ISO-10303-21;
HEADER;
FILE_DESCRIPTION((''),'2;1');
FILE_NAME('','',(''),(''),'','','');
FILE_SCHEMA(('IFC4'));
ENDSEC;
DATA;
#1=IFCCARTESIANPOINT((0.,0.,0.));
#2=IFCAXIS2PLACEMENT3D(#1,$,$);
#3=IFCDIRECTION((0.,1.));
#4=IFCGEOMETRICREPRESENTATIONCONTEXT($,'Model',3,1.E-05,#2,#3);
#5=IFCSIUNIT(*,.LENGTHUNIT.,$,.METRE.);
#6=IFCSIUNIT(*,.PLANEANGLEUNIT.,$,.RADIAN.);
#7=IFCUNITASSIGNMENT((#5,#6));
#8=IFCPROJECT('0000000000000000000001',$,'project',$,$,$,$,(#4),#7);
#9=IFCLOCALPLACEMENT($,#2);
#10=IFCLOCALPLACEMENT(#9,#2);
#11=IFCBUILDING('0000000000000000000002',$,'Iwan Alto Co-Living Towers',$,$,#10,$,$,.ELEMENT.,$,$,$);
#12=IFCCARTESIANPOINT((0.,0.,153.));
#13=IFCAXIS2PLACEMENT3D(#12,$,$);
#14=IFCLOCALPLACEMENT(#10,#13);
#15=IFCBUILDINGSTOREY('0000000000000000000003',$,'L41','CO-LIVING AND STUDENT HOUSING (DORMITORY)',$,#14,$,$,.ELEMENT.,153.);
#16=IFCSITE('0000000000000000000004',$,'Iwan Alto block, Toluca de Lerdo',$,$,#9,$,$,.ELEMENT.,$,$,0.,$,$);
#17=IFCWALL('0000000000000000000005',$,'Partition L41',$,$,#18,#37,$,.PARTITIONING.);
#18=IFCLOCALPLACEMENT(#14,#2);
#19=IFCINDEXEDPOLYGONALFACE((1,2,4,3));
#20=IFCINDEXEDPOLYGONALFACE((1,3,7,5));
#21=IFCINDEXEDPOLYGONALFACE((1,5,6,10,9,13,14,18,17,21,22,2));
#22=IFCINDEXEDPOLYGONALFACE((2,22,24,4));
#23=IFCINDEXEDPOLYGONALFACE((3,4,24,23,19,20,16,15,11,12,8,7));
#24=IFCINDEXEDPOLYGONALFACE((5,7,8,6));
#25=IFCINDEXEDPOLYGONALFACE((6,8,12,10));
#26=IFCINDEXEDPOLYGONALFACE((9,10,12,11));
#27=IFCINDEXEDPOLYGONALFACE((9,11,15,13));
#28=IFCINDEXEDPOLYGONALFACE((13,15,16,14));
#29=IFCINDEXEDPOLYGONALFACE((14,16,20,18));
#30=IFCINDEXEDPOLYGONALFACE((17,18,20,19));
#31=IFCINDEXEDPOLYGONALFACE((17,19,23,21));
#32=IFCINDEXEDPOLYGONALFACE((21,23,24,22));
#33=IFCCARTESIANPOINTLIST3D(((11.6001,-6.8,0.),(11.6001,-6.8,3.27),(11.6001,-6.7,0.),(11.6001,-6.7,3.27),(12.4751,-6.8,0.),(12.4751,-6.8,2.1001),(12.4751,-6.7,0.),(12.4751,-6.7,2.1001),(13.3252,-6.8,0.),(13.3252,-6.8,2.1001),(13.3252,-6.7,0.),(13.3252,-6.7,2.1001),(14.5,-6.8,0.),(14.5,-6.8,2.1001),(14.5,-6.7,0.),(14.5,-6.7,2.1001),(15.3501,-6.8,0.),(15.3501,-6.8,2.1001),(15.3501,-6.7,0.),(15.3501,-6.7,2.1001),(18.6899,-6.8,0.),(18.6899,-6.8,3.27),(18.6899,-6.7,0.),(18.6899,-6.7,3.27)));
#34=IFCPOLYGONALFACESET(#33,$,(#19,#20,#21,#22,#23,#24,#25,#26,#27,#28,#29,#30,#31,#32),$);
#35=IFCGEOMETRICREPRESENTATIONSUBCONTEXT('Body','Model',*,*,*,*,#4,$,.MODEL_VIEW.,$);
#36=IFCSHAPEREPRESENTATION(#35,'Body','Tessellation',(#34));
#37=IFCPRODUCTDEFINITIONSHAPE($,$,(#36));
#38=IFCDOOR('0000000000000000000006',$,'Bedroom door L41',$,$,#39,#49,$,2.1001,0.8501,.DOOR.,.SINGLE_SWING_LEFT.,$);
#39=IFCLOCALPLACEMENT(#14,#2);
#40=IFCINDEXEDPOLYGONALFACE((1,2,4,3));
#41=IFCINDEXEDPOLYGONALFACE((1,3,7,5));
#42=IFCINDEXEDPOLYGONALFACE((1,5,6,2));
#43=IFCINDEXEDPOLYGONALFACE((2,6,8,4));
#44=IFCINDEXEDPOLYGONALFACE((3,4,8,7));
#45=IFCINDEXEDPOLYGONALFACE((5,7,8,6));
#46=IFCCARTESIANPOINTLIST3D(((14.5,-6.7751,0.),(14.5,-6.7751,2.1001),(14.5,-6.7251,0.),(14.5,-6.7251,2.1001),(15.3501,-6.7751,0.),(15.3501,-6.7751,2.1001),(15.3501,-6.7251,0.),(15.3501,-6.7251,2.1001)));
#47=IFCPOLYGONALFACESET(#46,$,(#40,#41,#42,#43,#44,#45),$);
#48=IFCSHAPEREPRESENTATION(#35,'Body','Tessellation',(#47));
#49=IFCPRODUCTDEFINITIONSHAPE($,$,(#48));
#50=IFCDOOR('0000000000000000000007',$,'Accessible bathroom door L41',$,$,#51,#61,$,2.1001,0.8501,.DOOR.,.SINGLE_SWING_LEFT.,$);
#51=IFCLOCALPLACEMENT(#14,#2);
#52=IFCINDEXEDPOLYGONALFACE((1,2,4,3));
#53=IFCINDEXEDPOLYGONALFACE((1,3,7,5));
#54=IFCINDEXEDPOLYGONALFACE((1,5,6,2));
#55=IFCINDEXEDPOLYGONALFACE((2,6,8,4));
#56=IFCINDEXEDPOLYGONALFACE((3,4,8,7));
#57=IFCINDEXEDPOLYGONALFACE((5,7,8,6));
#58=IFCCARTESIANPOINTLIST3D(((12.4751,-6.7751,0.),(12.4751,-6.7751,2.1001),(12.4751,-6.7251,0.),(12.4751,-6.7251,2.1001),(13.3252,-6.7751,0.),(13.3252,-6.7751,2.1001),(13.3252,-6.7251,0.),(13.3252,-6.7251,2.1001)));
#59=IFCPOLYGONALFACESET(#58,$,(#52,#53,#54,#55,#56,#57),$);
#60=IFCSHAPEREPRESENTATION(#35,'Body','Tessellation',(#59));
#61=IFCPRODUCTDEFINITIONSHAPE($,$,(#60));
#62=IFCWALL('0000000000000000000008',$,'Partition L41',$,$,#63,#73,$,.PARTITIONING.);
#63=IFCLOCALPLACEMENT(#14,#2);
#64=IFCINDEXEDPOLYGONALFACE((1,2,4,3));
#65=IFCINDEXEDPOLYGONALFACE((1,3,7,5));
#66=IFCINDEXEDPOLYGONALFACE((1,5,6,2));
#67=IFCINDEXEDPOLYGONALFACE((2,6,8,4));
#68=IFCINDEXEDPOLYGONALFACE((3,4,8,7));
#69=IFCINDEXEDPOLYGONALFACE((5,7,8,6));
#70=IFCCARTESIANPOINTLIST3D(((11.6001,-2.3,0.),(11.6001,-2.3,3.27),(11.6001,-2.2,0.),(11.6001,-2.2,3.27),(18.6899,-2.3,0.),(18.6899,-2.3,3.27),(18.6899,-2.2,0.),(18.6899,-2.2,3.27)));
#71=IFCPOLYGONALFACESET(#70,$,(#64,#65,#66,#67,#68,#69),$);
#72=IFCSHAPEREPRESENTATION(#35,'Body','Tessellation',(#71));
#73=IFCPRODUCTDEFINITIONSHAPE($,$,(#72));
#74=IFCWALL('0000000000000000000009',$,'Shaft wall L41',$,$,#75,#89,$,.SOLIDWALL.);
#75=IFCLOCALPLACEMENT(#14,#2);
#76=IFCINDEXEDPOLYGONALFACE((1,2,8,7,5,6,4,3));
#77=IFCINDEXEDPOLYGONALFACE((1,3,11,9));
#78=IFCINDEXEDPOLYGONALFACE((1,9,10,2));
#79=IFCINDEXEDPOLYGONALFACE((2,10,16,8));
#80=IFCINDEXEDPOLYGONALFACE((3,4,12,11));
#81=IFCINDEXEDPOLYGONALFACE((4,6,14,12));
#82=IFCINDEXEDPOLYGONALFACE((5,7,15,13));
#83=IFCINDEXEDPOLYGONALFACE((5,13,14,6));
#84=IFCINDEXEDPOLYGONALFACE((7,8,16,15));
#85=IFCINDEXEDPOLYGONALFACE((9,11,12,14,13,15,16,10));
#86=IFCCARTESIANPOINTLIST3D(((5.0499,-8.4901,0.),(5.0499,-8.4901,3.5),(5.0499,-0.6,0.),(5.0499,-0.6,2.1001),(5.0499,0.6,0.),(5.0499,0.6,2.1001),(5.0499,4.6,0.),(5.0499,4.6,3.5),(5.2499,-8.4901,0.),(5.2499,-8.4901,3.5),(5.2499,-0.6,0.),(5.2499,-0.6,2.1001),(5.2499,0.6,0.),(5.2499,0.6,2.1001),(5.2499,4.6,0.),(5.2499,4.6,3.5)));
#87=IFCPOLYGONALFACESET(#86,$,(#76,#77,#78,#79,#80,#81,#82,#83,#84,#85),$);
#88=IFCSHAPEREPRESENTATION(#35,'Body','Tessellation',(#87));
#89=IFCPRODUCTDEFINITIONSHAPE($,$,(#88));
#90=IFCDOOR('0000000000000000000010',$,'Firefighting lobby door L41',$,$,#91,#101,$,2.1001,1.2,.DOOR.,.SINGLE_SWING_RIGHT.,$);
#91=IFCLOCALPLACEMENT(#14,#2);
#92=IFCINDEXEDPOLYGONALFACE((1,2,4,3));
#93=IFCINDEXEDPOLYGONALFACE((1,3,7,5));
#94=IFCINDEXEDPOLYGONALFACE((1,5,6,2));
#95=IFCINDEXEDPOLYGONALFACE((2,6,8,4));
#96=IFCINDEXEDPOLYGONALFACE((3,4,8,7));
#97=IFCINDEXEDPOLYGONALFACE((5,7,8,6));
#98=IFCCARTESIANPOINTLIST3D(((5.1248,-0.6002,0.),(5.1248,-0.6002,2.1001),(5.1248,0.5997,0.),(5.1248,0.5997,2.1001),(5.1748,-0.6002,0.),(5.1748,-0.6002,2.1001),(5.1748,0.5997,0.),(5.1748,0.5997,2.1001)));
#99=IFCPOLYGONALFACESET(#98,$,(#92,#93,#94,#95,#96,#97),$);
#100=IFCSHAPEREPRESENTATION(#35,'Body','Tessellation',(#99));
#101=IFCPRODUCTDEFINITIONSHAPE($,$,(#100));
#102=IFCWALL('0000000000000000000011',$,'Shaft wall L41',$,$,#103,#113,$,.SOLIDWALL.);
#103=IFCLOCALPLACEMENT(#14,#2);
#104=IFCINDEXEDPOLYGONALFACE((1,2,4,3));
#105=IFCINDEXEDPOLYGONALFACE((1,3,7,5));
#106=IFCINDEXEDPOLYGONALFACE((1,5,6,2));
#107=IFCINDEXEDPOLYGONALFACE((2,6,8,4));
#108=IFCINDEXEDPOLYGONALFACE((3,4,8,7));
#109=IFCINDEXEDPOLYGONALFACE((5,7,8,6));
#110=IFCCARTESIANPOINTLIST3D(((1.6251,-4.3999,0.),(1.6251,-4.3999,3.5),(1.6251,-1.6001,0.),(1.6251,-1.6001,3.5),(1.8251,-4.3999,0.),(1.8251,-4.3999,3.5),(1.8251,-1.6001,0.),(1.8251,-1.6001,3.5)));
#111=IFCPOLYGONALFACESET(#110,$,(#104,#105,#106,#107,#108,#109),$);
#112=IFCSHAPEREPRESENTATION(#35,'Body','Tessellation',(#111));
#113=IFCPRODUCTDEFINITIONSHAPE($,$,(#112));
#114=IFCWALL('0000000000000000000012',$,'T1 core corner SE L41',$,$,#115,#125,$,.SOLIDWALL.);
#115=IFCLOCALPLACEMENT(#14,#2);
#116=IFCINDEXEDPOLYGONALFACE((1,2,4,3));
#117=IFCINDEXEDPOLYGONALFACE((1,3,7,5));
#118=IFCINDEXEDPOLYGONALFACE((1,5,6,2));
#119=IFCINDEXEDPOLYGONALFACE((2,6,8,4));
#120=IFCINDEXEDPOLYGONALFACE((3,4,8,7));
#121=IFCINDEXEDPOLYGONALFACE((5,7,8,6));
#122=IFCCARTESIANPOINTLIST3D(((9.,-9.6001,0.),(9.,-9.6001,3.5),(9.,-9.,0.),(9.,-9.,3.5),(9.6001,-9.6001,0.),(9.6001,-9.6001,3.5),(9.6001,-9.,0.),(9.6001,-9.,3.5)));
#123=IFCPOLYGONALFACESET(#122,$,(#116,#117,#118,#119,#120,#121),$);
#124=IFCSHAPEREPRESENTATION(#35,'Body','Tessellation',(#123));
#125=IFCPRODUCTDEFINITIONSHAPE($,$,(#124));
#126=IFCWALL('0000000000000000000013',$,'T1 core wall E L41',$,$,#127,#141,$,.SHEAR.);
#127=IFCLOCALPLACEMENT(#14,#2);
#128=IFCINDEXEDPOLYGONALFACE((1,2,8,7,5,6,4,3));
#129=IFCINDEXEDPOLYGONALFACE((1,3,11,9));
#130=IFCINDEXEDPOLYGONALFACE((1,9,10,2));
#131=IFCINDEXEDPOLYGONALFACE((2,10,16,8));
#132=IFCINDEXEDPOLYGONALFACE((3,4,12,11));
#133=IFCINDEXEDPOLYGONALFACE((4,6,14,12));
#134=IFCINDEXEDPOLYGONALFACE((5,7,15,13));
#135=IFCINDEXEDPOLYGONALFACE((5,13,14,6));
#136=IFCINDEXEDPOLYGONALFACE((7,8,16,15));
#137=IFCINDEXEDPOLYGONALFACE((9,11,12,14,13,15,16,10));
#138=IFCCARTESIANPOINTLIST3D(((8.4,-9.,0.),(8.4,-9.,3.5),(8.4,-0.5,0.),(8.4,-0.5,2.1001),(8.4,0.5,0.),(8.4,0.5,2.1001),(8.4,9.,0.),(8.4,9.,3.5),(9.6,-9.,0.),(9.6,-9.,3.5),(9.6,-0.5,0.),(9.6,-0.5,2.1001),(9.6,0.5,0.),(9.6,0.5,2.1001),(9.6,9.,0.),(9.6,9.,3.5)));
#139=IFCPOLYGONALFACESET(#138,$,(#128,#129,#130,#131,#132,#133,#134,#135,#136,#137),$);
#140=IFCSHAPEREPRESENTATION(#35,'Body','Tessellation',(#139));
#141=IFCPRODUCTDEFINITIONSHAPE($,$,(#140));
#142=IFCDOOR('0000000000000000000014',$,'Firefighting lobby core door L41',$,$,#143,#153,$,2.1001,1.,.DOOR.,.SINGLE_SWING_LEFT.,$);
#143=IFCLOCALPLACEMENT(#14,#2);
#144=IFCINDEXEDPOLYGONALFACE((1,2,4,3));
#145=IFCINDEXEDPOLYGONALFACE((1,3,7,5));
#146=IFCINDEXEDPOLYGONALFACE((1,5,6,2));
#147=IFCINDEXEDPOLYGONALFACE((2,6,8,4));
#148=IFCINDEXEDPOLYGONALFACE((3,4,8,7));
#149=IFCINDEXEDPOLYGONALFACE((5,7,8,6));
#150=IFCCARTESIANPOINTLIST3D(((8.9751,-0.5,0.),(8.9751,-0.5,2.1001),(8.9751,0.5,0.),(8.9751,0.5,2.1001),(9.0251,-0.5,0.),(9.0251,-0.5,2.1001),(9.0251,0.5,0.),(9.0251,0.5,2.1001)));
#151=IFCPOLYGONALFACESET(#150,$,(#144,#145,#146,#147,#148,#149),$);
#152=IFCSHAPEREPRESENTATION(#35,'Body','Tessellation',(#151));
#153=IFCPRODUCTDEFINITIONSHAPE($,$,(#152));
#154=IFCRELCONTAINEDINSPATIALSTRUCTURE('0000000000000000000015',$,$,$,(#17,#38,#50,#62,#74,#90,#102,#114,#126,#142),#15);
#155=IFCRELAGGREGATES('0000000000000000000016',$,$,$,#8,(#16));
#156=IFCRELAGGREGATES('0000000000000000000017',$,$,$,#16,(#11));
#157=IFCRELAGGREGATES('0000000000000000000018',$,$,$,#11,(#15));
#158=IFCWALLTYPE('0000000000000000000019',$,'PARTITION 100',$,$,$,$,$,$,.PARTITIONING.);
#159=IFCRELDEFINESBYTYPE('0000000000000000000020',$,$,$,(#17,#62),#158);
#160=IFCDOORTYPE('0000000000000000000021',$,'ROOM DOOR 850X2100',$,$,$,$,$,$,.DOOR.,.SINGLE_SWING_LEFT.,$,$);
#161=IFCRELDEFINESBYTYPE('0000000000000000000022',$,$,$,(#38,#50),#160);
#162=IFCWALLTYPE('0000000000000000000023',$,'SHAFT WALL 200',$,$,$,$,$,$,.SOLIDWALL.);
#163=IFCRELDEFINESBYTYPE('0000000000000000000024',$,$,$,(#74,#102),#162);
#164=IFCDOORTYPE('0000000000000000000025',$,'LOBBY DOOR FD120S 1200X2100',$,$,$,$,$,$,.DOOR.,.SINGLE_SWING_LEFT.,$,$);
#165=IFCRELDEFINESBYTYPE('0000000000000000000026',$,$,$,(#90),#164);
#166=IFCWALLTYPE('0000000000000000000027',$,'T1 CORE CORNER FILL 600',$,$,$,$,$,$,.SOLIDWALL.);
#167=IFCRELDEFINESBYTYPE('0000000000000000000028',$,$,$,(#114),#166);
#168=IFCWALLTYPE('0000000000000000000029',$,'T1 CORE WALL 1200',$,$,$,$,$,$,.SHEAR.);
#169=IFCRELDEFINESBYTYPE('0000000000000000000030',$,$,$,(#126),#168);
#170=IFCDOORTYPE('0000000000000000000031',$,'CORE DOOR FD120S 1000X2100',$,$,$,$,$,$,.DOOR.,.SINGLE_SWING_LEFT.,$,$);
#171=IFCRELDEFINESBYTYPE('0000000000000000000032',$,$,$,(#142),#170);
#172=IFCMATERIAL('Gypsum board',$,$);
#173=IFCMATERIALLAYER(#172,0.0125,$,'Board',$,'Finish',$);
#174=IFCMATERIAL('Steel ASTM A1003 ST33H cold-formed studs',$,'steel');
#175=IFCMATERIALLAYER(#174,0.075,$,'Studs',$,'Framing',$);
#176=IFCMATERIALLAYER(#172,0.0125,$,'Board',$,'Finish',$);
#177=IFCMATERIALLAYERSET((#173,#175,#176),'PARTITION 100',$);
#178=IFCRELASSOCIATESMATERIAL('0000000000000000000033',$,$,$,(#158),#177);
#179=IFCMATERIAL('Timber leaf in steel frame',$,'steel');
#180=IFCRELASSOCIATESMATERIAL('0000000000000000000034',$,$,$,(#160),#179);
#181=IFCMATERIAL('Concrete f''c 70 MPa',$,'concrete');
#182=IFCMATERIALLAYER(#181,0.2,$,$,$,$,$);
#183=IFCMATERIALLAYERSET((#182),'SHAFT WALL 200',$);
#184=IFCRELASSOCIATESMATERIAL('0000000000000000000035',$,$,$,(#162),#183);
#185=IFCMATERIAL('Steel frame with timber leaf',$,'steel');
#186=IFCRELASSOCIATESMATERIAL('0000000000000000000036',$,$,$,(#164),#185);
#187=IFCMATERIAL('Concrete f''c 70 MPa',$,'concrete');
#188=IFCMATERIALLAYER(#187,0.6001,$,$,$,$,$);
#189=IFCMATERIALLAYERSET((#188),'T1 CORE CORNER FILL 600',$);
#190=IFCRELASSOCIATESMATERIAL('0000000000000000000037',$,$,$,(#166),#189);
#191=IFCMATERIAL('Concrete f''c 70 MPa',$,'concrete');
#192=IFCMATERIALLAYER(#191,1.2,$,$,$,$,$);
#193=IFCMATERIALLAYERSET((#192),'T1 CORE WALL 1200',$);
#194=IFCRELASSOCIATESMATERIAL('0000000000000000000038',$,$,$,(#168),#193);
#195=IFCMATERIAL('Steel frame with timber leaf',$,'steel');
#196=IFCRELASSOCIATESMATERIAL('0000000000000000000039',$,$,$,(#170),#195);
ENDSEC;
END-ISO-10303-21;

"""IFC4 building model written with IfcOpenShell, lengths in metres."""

from ifc_helpers import new_model, si_unit, direction, frame, frame_2d, origin, place, context, subcontext, project, spatial, rectangle, extrude, material, layer, layer_set, type_object, element, fill, save


model = new_model("IFC4")

# Units and contexts
model_context = context("Model", 3, precision=1e-05, world=origin(), true_north=direction((0.0, 1.0)))
body_context = subcontext(model_context, "Body", "Model", "MODEL_VIEW")
ifc_project = project(units=[si_unit("LENGTHUNIT", "METRE"), si_unit("PLANEANGLEUNIT", "RADIAN")], contexts=[model_context])

# Site, building, storey
site_placement = place(None, origin())
site = spatial("IfcSite", under=ifc_project, at=site_placement, Name="Iwan Alto block, Toluca de Lerdo", CompositionType="ELEMENT", RefElevation=0.0)
building_placement = place(site_placement, origin())
building = spatial("IfcBuilding", under=site, at=building_placement, Name="Iwan Alto Co-Living Towers", CompositionType="ELEMENT")
storey_placement = place(building_placement, frame((0.0, 0.0, 153.0)))
storey = spatial("IfcBuildingStorey", under=building, at=storey_placement, Name="L41", Description="CO-LIVING AND STUDENT HOUSING (DORMITORY)", CompositionType="ELEMENT", Elevation=153.0)

# Shared definitions
ifc_material_1 = material(Name="Gypsum board")
ifc_material_2 = material(Name="Steel ASTM A1003 ST33H cold-formed studs", Category="steel")

# Shared definitions
ifc_layer_1 = layer(ifc_material_1, 0.0125, Name="Board", Category="Finish")
ifc_layer_2 = layer(ifc_material_2, 0.075, Name="Studs", Category="Framing")
ifc_layer_3 = layer(ifc_material_1, 0.0125, Name="Board", Category="Finish")
ifc_layer_set_1 = layer_set([ifc_layer_1, ifc_layer_2, ifc_layer_3], Name="PARTITION 100")
wall_type_1 = type_object("IfcWallType", Name="PARTITION 100", PredefinedType="PARTITIONING", material=ifc_layer_set_1)

# Shared definitions
ifc_material_3 = material(Name="Timber leaf in steel frame", Category="steel")
door_type_1 = type_object("IfcDoorType", Name="ROOM DOOR 850X2100", OperationType="SINGLE_SWING_LEFT", PredefinedType="DOOR", material=ifc_material_3)

# Wall, openings, doors
wall_1_placement = place(storey_placement, frame((11.6001, -6.75, 0.0), z_axis=(0.0, 0.0, 1.0), x_axis=(1.0, 0.0, 0.0)))
wall_1 = element("IfcWall", 1, at=wall_1_placement, inside=storey, type_object=wall_type_1, Name="Partition L41", PredefinedType="PARTITIONING", context=body_context, shape_type="SweptSolid", body=[
    extrude(rectangle(XDim=7.0898, YDim=0.1001, at=frame_2d((3.5449, 0.0))), origin(), (0.0, 0.0, 1.0), 3.27),
])
opening_1_placement = place(wall_1_placement, frame((2.8999, 0.0, 0.0)))
opening_1 = element("IfcOpeningElement", 2, at=opening_1_placement, cuts=wall_1, PredefinedType="OPENING", context=body_context, shape_type="SweptSolid", body=[
    extrude(rectangle(XDim=0.8501, YDim=2.1001, at=frame_2d((0.425, 1.05))), frame((0.0, 0.0601, 0.0), z_axis=(0.0, -1.0, 0.0), x_axis=(1.0, 0.0, 0.0)), (0.0, 0.0, 1.0), 0.1201),
])
opening_2_placement = place(wall_1_placement, frame((0.875, 0.0, 0.0)))
opening_2 = element("IfcOpeningElement", 3, at=opening_2_placement, cuts=wall_1, PredefinedType="OPENING", context=body_context, shape_type="SweptSolid", body=[
    extrude(rectangle(XDim=0.8501, YDim=2.1001, at=frame_2d((0.425, 1.05))), frame((0.0, 0.0601, 0.0), z_axis=(0.0, -1.0, 0.0), x_axis=(1.0, 0.0, 0.0)), (0.0, 0.0, 1.0), 0.1201),
])
door_1_placement = place(opening_1_placement, origin())
door_1 = element("IfcDoor", 4, at=door_1_placement, inside=storey, type_object=door_type_1, Name="Bedroom door L41", OperationType="SINGLE_SWING_LEFT", OverallHeight=2.1001, OverallWidth=0.8501, PredefinedType="DOOR", context=body_context, shape_type="SweptSolid", body=[
    extrude(rectangle(XDim=0.8501, YDim=2.1001, at=frame_2d((0.425, 1.05))), frame((0.0, 0.0249, 0.0), z_axis=(0.0, -1.0, 0.0), x_axis=(1.0, 0.0, 0.0)), (0.0, 0.0, 1.0), 0.05),
])
fill(opening_1, door_1)
door_2_placement = place(opening_2_placement, origin())
door_2 = element("IfcDoor", 5, at=door_2_placement, inside=storey, type_object=door_type_1, Name="Accessible bathroom door L41", OperationType="SINGLE_SWING_LEFT", OverallHeight=2.1001, OverallWidth=0.8501, PredefinedType="DOOR", context=body_context, shape_type="SweptSolid", body=[
    extrude(rectangle(XDim=0.8501, YDim=2.1001, at=frame_2d((0.425, 1.05))), frame((0.0, 0.0249, 0.0), z_axis=(0.0, -1.0, 0.0), x_axis=(1.0, 0.0, 0.0)), (0.0, 0.0, 1.0), 0.05),
])
fill(opening_2, door_2)

# Wall
wall_2_placement = place(storey_placement, frame((11.6001, -2.25, 0.0), z_axis=(0.0, 0.0, 1.0), x_axis=(1.0, 0.0, 0.0)))
element("IfcWall", 6, at=wall_2_placement, inside=storey, type_object=wall_type_1, Name="Partition L41", PredefinedType="PARTITIONING", context=body_context, shape_type="SweptSolid", body=[
    extrude(rectangle(XDim=7.0898, YDim=0.1001, at=frame_2d((3.5449, 0.0))), origin(), (0.0, 0.0, 1.0), 3.27),
])

# Wall, opening, door
ifc_material_4 = material(Name="Concrete f'c 70 MPa", Category="concrete")
ifc_layer_4 = layer(ifc_material_4, 0.2)
ifc_layer_set_2 = layer_set([ifc_layer_4], Name="SHAFT WALL 200")
wall_type_2 = type_object("IfcWallType", Name="SHAFT WALL 200", PredefinedType="SOLIDWALL", material=ifc_layer_set_2)
wall_3_placement = place(storey_placement, frame((5.1499, -8.49, 0.0), z_axis=(0.0, 0.0, 1.0), x_axis=(0.0, 1.0, 0.0)))
wall_3 = element("IfcWall", 7, at=wall_3_placement, inside=storey, type_object=wall_type_2, Name="Shaft wall L41", PredefinedType="SOLIDWALL", context=body_context, shape_type="SweptSolid", body=[
    extrude(rectangle(XDim=13.0901, YDim=0.2, at=frame_2d((6.5449, 0.0))), origin(), (0.0, 0.0, 1.0), 3.5),
])
opening_3_placement = place(wall_3_placement, frame((7.8899, 0.0, 0.0)))
opening_3 = element("IfcOpeningElement", 8, at=opening_3_placement, cuts=wall_3, PredefinedType="OPENING", context=body_context, shape_type="SweptSolid", body=[
    extrude(rectangle(XDim=1.2, YDim=2.1001, at=frame_2d((0.6001, 1.05))), frame((0.0, 0.1099, 0.0), z_axis=(0.0, -1.0, 0.0), x_axis=(1.0, 0.0, 0.0)), (0.0, 0.0, 1.0), 0.22),
])
ifc_material_5 = material(Name="Steel frame with timber leaf", Category="steel")
door_type_2 = type_object("IfcDoorType", Name="LOBBY DOOR FD120S 1200X2100", OperationType="SINGLE_SWING_LEFT", PredefinedType="DOOR", material=ifc_material_5)
door_3_placement = place(opening_3_placement, frame((1.2, 0.0, 0.0), z_axis=(0.0, 0.0, 1.0), x_axis=(-1.0, 0.0, 0.0)))
door_3 = element("IfcDoor", 9, at=door_3_placement, inside=storey, type_object=door_type_2, Name="Firefighting lobby door L41", OperationType="SINGLE_SWING_RIGHT", OverallHeight=2.1001, OverallWidth=1.2, PredefinedType="DOOR", context=body_context, shape_type="SweptSolid", body=[
    extrude(rectangle(XDim=1.2, YDim=2.1001, at=frame_2d((0.6001, 1.05))), frame((0.0, 0.0249, 0.0), z_axis=(0.0, -1.0, 0.0), x_axis=(1.0, 0.0, 0.0)), (0.0, 0.0, 1.0), 0.05),
])
fill(opening_3, door_3)

# Walls
wall_4_placement = place(storey_placement, frame((1.7251, -4.3999, 0.0), z_axis=(0.0, 0.0, 1.0), x_axis=(0.0, 1.0, 0.0)))
element("IfcWall", 10, at=wall_4_placement, inside=storey, type_object=wall_type_2, Name="Shaft wall L41", PredefinedType="SOLIDWALL", context=body_context, shape_type="SweptSolid", body=[
    extrude(rectangle(XDim=2.7998, YDim=0.2, at=frame_2d((1.3999, 0.0))), origin(), (0.0, 0.0, 1.0), 3.5),
])
ifc_material_6 = material(Name="Concrete f'c 70 MPa", Category="concrete")
ifc_layer_5 = layer(ifc_material_6, 0.6001)
ifc_layer_set_3 = layer_set([ifc_layer_5], Name="T1 CORE CORNER FILL 600")
wall_type_3 = type_object("IfcWallType", Name="T1 CORE CORNER FILL 600", PredefinedType="SOLIDWALL", material=ifc_layer_set_3)
wall_5_placement = place(storey_placement, frame((9.0, -9.3, 0.0), z_axis=(0.0, 0.0, 1.0), x_axis=(1.0, 0.0, 0.0)))
element("IfcWall", 11, at=wall_5_placement, inside=storey, type_object=wall_type_3, Name="T1 core corner SE L41", PredefinedType="SOLIDWALL", context=body_context, shape_type="SweptSolid", body=[
    extrude(rectangle(XDim=0.6001, YDim=0.6001, at=frame_2d((0.3, 0.0))), origin(), (0.0, 0.0, 1.0), 3.5),
])

# Wall, opening, door
ifc_material_7 = material(Name="Concrete f'c 70 MPa", Category="concrete")
ifc_layer_6 = layer(ifc_material_7, 1.2)
ifc_layer_set_4 = layer_set([ifc_layer_6], Name="T1 CORE WALL 1200")
wall_type_4 = type_object("IfcWallType", Name="T1 CORE WALL 1200", PredefinedType="SHEAR", material=ifc_layer_set_4)
wall_6_placement = place(storey_placement, frame((9.0, -9.0, 0.0), z_axis=(0.0, 0.0, 1.0), x_axis=(0.0, 1.0, 0.0)))
wall_6 = element("IfcWall", 12, at=wall_6_placement, inside=storey, type_object=wall_type_4, Name="T1 core wall E L41", PredefinedType="SHEAR", context=body_context, shape_type="SweptSolid", body=[
    extrude(rectangle(XDim=18.0, YDim=1.2, at=frame_2d((9.0, 0.0))), origin(), (0.0, 0.0, 1.0), 3.5),
])
opening_4_placement = place(wall_6_placement, frame((8.5, 0.0, 0.0)))
opening_4 = element("IfcOpeningElement", 13, at=opening_4_placement, cuts=wall_6, PredefinedType="OPENING", context=body_context, shape_type="SweptSolid", body=[
    extrude(rectangle(XDim=1.0, YDim=2.1001, at=frame_2d((0.5, 1.05))), frame((0.0, 0.6099, 0.0), z_axis=(0.0, -1.0, 0.0), x_axis=(1.0, 0.0, 0.0)), (0.0, 0.0, 1.0), 1.22),
])
ifc_material_8 = material(Name="Steel frame with timber leaf", Category="steel")
door_type_3 = type_object("IfcDoorType", Name="CORE DOOR FD120S 1000X2100", OperationType="SINGLE_SWING_LEFT", PredefinedType="DOOR", material=ifc_material_8)
door_4_placement = place(opening_4_placement, origin())
door_4 = element("IfcDoor", 14, at=door_4_placement, inside=storey, type_object=door_type_3, Name="Firefighting lobby core door L41", OperationType="SINGLE_SWING_LEFT", OverallHeight=2.1001, OverallWidth=1.0, PredefinedType="DOOR", context=body_context, shape_type="SweptSolid", body=[
    extrude(rectangle(XDim=1.0, YDim=2.1001, at=frame_2d((0.5, 1.05))), frame((0.0, 0.0249, 0.0), z_axis=(0.0, -1.0, 0.0), x_axis=(1.0, 0.0, 0.0)), (0.0, 0.0, 1.0), 0.05),
])
fill(opening_4, door_4)

save(model, "model.ifc")
